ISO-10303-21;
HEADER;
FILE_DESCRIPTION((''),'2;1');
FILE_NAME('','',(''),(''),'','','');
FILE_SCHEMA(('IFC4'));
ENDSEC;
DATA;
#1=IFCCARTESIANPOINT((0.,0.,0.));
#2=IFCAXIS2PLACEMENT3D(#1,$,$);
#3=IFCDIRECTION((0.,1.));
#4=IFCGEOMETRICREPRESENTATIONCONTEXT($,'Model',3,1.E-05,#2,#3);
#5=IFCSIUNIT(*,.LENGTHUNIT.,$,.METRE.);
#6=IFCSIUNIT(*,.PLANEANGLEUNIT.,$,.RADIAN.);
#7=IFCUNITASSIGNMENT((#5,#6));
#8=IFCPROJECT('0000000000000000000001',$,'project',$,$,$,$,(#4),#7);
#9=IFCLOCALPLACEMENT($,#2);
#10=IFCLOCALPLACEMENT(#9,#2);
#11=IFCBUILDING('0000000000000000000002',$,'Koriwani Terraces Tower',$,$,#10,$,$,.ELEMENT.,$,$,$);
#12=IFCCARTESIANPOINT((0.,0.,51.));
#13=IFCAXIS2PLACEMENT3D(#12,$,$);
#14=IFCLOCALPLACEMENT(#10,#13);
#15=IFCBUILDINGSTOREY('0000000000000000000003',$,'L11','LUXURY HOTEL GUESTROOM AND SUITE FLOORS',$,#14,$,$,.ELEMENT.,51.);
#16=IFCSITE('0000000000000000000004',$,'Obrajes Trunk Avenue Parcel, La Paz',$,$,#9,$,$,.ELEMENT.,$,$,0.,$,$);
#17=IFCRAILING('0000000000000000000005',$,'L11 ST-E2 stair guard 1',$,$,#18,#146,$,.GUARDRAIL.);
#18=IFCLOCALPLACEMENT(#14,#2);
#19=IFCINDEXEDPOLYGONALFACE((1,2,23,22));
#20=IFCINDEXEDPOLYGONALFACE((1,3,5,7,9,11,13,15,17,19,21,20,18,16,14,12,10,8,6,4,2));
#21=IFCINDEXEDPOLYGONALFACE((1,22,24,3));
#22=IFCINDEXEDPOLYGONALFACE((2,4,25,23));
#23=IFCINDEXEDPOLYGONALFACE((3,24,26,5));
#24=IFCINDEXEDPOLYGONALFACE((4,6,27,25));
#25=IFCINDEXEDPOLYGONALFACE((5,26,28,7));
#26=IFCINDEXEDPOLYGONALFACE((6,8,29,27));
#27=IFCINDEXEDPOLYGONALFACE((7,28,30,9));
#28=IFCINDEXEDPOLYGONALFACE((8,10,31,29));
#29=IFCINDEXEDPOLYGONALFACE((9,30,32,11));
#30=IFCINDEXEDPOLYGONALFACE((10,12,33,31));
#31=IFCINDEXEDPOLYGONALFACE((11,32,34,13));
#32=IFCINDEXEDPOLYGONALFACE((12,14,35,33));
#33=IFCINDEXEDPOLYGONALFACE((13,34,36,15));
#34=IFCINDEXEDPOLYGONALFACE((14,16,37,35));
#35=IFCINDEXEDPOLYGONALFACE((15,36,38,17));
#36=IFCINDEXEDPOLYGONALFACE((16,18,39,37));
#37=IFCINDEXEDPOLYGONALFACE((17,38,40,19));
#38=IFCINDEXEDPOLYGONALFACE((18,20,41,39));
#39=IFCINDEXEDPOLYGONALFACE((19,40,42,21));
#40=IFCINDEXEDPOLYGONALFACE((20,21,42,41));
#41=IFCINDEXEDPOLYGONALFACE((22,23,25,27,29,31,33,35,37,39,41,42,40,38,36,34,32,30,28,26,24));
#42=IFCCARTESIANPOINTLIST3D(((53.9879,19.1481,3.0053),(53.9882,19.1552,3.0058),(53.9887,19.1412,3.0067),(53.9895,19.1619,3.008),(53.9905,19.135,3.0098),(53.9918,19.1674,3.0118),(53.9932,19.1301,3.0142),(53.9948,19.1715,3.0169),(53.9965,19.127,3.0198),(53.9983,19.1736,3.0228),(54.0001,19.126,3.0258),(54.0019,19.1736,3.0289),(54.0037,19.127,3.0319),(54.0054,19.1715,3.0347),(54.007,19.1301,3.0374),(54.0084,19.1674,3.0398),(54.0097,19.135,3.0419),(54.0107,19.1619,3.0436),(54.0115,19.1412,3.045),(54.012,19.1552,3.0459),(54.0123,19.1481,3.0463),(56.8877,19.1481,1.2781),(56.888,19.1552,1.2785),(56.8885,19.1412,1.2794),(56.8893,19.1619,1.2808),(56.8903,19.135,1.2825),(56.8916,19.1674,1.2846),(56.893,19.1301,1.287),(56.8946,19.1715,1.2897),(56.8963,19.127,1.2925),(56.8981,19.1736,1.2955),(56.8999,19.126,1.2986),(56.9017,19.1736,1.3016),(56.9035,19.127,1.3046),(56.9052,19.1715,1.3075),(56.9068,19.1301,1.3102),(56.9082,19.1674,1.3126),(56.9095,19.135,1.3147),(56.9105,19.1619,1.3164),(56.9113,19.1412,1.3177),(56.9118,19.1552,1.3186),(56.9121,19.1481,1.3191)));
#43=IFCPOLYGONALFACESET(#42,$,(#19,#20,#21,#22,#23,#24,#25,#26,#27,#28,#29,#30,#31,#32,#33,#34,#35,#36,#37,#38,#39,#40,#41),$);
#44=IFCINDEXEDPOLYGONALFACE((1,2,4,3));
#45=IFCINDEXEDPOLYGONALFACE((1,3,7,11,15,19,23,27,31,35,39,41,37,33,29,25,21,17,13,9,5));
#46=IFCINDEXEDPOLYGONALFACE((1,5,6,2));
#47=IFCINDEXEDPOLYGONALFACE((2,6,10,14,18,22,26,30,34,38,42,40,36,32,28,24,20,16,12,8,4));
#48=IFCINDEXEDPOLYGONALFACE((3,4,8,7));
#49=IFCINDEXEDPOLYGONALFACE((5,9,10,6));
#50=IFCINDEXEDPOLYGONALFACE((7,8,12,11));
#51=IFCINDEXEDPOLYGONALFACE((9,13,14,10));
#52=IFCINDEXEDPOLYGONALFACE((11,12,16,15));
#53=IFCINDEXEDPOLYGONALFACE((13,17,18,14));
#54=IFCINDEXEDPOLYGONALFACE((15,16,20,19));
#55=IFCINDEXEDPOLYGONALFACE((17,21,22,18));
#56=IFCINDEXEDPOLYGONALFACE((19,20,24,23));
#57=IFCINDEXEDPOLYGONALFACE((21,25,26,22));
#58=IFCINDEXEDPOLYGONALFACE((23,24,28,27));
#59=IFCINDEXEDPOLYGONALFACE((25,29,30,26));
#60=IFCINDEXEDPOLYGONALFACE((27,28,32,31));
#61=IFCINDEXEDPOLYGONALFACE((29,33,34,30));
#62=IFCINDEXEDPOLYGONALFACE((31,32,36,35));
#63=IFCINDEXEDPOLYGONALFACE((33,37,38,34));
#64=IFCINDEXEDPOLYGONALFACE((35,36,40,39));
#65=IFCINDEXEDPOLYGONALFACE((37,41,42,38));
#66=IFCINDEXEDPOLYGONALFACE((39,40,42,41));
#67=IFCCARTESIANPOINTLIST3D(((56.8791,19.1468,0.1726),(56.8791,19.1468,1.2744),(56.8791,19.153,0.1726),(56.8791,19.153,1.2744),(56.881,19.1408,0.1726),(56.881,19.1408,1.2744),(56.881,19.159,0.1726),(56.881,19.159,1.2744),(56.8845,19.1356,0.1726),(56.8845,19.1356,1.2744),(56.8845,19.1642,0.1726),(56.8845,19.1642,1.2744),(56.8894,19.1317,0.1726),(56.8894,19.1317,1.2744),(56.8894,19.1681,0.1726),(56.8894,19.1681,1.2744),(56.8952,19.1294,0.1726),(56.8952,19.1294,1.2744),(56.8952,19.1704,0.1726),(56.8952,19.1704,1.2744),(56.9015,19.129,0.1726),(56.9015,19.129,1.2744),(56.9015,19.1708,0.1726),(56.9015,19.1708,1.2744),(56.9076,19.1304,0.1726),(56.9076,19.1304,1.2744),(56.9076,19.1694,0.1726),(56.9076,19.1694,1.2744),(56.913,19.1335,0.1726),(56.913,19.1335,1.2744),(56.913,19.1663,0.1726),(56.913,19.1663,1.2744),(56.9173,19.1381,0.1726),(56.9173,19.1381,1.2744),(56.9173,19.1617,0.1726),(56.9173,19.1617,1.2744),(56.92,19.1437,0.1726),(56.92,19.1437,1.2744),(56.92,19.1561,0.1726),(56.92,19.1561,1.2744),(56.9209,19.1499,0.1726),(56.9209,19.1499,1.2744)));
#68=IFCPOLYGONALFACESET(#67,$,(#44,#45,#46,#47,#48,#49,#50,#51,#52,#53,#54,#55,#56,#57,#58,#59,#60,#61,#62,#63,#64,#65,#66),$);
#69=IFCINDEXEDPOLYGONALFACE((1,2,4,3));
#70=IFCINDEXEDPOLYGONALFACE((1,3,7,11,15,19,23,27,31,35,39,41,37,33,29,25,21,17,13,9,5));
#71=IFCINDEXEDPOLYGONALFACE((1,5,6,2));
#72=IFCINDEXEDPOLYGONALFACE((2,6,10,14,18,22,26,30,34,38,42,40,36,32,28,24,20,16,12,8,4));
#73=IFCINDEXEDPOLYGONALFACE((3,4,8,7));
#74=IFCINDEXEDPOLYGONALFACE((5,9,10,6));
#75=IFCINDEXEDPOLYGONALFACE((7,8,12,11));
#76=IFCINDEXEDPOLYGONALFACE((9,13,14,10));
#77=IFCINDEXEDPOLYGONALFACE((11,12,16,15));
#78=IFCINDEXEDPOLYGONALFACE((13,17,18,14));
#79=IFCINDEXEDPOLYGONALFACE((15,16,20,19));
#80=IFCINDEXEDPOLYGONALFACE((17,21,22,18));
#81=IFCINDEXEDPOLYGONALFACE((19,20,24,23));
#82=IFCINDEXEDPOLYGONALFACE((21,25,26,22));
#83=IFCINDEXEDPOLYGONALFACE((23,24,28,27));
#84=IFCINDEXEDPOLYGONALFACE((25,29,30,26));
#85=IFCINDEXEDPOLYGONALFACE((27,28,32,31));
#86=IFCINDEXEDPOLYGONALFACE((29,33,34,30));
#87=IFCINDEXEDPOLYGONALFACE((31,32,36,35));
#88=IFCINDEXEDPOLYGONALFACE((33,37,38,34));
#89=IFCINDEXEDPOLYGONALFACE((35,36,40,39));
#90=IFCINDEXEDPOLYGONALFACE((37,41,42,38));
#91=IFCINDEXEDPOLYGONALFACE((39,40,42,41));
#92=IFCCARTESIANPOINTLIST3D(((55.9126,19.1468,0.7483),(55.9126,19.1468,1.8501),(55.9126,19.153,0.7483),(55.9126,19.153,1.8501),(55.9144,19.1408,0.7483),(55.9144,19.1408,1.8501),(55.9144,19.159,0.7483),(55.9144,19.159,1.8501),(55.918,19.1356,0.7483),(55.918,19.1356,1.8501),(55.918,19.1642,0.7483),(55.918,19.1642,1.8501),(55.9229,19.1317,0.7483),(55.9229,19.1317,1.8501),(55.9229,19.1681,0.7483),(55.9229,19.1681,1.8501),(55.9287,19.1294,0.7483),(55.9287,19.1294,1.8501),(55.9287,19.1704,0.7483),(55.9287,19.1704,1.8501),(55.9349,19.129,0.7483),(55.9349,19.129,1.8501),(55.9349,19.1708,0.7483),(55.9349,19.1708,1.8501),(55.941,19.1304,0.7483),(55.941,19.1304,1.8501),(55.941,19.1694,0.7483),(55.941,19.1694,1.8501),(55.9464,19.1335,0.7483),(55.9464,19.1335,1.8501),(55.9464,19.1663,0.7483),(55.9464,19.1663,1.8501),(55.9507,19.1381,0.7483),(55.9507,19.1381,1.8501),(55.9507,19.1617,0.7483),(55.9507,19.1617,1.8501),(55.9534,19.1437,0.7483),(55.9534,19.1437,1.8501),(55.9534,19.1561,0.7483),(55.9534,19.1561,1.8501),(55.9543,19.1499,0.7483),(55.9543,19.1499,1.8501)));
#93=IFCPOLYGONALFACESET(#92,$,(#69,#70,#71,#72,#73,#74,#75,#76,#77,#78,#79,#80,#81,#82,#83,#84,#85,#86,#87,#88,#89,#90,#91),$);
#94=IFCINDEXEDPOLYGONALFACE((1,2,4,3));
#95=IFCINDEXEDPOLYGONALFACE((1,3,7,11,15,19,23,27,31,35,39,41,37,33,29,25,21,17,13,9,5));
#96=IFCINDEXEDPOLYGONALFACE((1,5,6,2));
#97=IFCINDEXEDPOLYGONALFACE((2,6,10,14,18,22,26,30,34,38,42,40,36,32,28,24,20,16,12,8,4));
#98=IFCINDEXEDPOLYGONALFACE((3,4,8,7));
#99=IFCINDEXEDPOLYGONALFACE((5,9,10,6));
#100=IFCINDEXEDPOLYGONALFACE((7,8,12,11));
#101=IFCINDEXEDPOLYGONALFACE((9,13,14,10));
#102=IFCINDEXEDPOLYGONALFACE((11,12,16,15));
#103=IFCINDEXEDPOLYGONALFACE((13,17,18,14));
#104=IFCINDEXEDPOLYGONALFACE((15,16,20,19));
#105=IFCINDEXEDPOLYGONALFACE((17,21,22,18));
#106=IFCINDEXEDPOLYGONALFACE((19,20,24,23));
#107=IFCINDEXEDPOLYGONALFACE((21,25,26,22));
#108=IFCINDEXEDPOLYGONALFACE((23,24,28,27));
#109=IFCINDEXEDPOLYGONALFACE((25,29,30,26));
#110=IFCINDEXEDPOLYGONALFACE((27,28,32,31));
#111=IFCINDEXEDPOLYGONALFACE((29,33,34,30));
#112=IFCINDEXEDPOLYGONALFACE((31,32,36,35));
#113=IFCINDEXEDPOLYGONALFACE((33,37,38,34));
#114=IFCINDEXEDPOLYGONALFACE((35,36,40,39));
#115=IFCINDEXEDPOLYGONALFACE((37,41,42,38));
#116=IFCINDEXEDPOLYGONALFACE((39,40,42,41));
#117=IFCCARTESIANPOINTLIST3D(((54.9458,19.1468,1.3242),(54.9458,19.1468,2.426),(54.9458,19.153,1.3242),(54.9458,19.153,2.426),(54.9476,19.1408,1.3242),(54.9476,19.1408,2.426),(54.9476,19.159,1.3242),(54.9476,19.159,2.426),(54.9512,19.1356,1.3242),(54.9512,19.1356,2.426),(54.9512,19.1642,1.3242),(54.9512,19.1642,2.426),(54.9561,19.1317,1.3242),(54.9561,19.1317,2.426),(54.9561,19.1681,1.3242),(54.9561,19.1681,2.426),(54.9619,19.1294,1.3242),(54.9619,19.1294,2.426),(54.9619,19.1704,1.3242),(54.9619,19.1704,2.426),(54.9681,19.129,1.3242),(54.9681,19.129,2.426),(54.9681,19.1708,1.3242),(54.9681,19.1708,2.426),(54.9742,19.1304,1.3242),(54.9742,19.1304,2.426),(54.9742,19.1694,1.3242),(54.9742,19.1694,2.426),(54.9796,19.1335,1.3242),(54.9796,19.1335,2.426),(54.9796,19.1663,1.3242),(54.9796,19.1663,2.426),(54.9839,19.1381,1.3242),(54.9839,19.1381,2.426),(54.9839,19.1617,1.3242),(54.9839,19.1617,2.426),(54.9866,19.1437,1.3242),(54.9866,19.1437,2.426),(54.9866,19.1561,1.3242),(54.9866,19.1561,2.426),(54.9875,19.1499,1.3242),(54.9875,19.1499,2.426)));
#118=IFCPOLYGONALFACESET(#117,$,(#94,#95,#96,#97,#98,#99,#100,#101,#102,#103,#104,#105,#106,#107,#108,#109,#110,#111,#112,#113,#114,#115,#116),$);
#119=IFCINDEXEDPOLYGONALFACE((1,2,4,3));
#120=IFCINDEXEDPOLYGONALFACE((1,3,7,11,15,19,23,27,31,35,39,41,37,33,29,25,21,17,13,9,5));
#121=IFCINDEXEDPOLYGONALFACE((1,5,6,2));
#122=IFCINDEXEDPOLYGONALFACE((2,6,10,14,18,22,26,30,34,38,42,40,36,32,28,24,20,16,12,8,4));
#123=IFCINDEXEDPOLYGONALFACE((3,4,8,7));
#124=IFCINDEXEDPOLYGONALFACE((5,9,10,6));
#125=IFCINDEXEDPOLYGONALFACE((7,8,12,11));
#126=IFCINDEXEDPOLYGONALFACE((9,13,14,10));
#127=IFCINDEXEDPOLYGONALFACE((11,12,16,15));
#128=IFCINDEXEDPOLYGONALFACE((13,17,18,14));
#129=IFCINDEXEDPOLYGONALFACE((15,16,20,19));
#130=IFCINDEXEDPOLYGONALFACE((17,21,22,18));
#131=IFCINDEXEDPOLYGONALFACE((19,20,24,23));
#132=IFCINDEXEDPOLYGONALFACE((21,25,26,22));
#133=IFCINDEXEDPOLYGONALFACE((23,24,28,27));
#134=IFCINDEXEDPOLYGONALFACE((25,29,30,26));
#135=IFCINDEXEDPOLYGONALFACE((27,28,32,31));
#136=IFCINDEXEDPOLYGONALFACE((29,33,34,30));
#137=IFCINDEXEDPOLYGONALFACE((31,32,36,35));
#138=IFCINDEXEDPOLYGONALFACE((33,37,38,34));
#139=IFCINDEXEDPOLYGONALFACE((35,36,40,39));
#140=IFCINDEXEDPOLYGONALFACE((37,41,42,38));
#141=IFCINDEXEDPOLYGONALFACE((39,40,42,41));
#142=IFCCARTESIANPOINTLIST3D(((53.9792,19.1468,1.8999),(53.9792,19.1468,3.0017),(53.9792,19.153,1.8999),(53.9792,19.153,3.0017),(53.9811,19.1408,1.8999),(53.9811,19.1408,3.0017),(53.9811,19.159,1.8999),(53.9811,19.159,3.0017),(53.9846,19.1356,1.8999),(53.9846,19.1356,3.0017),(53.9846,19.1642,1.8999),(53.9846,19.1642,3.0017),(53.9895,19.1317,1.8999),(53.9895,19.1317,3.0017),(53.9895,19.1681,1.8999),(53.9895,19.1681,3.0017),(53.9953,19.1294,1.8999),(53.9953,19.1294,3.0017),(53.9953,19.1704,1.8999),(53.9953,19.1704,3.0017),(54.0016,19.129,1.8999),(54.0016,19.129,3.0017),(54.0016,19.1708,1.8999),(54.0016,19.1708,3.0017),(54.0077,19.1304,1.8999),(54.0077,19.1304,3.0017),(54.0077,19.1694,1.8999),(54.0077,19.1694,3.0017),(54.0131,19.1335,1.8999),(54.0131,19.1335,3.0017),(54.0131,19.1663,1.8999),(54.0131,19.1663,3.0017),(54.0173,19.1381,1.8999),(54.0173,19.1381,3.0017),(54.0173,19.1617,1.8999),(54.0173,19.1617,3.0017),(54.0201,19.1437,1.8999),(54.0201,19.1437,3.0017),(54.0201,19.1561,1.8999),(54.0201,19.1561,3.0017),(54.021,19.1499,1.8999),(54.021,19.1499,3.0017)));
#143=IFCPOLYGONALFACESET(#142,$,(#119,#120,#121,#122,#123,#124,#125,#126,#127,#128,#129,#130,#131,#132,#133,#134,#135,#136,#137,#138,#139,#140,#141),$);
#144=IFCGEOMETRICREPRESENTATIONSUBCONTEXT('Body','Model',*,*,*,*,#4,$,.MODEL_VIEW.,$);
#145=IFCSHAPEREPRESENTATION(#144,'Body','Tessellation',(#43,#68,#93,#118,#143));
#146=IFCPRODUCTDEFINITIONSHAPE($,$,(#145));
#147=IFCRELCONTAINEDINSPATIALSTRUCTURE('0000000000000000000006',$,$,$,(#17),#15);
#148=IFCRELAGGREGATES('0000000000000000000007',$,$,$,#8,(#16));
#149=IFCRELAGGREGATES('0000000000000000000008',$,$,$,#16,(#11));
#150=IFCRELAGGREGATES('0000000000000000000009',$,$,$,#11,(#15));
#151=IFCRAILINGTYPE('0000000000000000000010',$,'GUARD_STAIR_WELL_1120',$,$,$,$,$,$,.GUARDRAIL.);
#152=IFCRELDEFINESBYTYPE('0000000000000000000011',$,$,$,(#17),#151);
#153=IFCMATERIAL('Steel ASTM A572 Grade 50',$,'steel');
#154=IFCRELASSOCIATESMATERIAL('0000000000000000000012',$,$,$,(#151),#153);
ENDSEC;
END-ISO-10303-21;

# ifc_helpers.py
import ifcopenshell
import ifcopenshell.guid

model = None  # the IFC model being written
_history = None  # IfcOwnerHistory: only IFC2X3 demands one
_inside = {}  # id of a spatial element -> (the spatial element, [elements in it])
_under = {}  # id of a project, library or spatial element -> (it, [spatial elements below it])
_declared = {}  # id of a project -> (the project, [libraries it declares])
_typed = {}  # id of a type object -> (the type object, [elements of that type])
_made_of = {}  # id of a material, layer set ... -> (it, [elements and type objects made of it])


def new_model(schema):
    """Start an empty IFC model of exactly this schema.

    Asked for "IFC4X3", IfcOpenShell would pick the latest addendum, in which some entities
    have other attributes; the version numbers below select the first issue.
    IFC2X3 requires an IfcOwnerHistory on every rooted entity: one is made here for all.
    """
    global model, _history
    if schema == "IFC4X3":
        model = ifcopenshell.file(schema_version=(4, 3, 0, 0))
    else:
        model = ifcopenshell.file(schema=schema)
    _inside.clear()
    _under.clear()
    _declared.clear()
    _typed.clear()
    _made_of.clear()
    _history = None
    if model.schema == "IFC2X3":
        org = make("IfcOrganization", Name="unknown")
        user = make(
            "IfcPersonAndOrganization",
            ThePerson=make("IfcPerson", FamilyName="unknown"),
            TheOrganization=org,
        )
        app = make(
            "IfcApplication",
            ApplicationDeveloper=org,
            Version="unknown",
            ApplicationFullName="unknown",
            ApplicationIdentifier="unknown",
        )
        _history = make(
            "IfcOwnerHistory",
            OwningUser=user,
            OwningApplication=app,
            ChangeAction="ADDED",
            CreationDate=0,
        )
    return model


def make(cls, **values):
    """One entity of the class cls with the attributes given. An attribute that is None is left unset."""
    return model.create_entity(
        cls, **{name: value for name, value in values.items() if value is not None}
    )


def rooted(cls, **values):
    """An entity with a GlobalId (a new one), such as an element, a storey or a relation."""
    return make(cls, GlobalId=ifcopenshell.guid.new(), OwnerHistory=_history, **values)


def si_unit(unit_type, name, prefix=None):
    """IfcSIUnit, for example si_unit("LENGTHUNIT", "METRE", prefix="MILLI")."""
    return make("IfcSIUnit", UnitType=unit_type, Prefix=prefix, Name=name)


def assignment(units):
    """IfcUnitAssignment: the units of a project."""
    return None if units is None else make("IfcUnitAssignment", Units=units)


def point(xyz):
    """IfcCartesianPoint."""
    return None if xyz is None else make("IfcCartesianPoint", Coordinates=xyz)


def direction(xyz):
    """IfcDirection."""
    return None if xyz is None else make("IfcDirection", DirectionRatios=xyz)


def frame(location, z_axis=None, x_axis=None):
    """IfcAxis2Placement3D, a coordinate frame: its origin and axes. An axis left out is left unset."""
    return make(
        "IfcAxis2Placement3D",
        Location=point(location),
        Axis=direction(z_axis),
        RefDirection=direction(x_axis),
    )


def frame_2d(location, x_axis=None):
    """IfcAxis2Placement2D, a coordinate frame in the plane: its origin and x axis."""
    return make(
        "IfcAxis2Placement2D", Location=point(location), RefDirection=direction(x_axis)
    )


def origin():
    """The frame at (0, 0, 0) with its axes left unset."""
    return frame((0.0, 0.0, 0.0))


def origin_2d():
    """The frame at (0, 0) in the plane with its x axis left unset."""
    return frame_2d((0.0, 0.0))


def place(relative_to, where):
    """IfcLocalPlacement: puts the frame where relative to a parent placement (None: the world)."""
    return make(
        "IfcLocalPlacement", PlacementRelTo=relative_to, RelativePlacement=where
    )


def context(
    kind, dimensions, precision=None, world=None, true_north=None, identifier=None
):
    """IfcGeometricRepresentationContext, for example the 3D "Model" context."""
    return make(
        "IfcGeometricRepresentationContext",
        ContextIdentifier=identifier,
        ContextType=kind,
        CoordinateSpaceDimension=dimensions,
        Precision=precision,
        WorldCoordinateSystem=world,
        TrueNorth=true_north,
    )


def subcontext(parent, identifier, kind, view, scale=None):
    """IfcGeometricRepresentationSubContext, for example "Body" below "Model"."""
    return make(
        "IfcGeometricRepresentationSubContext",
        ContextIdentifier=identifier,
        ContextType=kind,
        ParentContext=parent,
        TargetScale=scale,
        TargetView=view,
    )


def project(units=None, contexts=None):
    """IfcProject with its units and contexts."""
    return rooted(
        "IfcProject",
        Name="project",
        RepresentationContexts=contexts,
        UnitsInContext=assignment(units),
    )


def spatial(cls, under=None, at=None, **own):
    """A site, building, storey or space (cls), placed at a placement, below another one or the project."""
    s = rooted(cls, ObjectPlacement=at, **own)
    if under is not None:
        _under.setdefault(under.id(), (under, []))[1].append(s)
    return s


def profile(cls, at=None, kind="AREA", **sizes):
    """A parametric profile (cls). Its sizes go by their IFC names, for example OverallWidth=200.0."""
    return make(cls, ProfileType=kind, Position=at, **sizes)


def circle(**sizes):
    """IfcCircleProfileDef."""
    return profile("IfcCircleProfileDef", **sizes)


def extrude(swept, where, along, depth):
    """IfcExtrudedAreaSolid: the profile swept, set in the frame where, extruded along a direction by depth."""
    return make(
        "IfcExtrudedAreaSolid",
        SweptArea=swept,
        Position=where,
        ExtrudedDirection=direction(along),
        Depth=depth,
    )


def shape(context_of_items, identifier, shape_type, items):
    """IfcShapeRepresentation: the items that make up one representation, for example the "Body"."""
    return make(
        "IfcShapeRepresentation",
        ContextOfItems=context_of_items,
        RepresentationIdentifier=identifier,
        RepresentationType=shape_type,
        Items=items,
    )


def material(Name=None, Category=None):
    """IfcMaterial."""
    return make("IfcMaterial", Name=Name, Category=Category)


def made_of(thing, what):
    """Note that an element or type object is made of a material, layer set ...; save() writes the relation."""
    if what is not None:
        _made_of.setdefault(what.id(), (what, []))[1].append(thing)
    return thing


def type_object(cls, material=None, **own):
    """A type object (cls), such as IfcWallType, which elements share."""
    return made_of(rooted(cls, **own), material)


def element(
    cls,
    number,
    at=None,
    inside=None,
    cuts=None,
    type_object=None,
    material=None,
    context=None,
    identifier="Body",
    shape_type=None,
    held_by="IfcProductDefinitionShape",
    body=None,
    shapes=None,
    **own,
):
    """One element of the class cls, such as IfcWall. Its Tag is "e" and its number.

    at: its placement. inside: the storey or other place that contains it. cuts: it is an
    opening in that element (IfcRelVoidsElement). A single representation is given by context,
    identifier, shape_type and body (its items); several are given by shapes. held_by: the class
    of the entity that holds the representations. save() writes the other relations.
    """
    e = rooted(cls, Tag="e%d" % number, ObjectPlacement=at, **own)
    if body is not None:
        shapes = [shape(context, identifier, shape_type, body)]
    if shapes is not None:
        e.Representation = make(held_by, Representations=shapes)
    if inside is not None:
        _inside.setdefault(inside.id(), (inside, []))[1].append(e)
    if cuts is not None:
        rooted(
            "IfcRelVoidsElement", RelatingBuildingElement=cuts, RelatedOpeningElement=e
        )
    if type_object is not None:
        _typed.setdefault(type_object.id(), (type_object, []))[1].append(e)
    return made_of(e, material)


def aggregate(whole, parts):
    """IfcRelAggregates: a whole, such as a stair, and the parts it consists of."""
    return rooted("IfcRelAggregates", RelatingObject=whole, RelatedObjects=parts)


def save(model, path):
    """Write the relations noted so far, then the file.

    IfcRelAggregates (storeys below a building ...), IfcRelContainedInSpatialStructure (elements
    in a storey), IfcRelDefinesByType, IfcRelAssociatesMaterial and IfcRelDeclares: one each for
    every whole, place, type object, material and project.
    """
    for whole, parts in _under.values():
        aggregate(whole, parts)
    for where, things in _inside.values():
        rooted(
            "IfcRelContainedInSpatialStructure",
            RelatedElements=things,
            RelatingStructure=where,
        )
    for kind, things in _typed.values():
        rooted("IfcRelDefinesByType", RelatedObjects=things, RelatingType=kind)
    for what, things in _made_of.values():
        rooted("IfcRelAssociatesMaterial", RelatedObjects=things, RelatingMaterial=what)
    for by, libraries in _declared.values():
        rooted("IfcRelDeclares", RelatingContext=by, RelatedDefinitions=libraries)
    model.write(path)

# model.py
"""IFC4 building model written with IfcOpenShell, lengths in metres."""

from ifc_helpers import new_model, si_unit, direction, frame, origin, origin_2d, place, context, subcontext, project, spatial, circle, extrude, material, type_object, element, save


model = new_model("IFC4")

# Units and contexts
model_context = context("Model", 3, precision=1e-05, world=origin(), true_north=direction((0.0, 1.0)))
body_context = subcontext(model_context, "Body", "Model", "MODEL_VIEW")
ifc_project = project(units=[si_unit("LENGTHUNIT", "METRE"), si_unit("PLANEANGLEUNIT", "RADIAN")], contexts=[model_context])

# Site, building, storey
site_placement = place(None, origin())
site = spatial("IfcSite", under=ifc_project, at=site_placement, Name="Obrajes Trunk Avenue Parcel, La Paz", CompositionType="ELEMENT", RefElevation=0.0)
building_placement = place(site_placement, origin())
building = spatial("IfcBuilding", under=site, at=building_placement, Name="Koriwani Terraces Tower", CompositionType="ELEMENT")
storey_placement = place(building_placement, frame((0.0, 0.0, 51.0)))
storey = spatial("IfcBuildingStorey", under=building, at=storey_placement, Name="L11", Description="LUXURY HOTEL GUESTROOM AND SUITE FLOORS", CompositionType="ELEMENT", Elevation=51.0)

# Shared definitions
ifc_material_1 = material(Name="Steel ASTM A572 Grade 50", Category="steel")

# Railing
railing_type_1 = type_object("IfcRailingType", Name="GUARD_STAIR_WELL_1120", PredefinedType="GUARDRAIL", material=ifc_material_1)
railing_1_placement = place(storey_placement, frame((56.8999, 19.1499, 0.1726)))
element("IfcRailing", 1, at=railing_1_placement, inside=storey, type_object=railing_type_1, Name="L11 ST-E2 stair guard 1", PredefinedType="GUARDRAIL", context=body_context, shape_type="SweptSolid", body=[
    extrude(circle(Radius=0.0239, at=origin_2d()), frame((0.0, 0.0, 1.126), z_axis=(-0.859141, 0.0, 0.511738), x_axis=(0.0, -1.0, 0.0)), (0.0, 0.0, 1.0), 3.3752),
    extrude(circle(Radius=0.021, at=origin_2d()), origin(), (0.0, 0.0, 1.0), 1.1018),
    extrude(circle(Radius=0.021, at=origin_2d()), frame((-0.9666, 0.0, 0.5757)), (0.0, 0.0, 1.0), 1.1018),
    extrude(circle(Radius=0.021, at=origin_2d()), frame((-1.9333, 0.0, 1.1516)), (0.0, 0.0, 1.0), 1.1018),
    extrude(circle(Radius=0.021, at=origin_2d()), frame((-2.8999, 0.0, 1.7273)), (0.0, 0.0, 1.0), 1.1018),
])

save(model, "model.ifc")
